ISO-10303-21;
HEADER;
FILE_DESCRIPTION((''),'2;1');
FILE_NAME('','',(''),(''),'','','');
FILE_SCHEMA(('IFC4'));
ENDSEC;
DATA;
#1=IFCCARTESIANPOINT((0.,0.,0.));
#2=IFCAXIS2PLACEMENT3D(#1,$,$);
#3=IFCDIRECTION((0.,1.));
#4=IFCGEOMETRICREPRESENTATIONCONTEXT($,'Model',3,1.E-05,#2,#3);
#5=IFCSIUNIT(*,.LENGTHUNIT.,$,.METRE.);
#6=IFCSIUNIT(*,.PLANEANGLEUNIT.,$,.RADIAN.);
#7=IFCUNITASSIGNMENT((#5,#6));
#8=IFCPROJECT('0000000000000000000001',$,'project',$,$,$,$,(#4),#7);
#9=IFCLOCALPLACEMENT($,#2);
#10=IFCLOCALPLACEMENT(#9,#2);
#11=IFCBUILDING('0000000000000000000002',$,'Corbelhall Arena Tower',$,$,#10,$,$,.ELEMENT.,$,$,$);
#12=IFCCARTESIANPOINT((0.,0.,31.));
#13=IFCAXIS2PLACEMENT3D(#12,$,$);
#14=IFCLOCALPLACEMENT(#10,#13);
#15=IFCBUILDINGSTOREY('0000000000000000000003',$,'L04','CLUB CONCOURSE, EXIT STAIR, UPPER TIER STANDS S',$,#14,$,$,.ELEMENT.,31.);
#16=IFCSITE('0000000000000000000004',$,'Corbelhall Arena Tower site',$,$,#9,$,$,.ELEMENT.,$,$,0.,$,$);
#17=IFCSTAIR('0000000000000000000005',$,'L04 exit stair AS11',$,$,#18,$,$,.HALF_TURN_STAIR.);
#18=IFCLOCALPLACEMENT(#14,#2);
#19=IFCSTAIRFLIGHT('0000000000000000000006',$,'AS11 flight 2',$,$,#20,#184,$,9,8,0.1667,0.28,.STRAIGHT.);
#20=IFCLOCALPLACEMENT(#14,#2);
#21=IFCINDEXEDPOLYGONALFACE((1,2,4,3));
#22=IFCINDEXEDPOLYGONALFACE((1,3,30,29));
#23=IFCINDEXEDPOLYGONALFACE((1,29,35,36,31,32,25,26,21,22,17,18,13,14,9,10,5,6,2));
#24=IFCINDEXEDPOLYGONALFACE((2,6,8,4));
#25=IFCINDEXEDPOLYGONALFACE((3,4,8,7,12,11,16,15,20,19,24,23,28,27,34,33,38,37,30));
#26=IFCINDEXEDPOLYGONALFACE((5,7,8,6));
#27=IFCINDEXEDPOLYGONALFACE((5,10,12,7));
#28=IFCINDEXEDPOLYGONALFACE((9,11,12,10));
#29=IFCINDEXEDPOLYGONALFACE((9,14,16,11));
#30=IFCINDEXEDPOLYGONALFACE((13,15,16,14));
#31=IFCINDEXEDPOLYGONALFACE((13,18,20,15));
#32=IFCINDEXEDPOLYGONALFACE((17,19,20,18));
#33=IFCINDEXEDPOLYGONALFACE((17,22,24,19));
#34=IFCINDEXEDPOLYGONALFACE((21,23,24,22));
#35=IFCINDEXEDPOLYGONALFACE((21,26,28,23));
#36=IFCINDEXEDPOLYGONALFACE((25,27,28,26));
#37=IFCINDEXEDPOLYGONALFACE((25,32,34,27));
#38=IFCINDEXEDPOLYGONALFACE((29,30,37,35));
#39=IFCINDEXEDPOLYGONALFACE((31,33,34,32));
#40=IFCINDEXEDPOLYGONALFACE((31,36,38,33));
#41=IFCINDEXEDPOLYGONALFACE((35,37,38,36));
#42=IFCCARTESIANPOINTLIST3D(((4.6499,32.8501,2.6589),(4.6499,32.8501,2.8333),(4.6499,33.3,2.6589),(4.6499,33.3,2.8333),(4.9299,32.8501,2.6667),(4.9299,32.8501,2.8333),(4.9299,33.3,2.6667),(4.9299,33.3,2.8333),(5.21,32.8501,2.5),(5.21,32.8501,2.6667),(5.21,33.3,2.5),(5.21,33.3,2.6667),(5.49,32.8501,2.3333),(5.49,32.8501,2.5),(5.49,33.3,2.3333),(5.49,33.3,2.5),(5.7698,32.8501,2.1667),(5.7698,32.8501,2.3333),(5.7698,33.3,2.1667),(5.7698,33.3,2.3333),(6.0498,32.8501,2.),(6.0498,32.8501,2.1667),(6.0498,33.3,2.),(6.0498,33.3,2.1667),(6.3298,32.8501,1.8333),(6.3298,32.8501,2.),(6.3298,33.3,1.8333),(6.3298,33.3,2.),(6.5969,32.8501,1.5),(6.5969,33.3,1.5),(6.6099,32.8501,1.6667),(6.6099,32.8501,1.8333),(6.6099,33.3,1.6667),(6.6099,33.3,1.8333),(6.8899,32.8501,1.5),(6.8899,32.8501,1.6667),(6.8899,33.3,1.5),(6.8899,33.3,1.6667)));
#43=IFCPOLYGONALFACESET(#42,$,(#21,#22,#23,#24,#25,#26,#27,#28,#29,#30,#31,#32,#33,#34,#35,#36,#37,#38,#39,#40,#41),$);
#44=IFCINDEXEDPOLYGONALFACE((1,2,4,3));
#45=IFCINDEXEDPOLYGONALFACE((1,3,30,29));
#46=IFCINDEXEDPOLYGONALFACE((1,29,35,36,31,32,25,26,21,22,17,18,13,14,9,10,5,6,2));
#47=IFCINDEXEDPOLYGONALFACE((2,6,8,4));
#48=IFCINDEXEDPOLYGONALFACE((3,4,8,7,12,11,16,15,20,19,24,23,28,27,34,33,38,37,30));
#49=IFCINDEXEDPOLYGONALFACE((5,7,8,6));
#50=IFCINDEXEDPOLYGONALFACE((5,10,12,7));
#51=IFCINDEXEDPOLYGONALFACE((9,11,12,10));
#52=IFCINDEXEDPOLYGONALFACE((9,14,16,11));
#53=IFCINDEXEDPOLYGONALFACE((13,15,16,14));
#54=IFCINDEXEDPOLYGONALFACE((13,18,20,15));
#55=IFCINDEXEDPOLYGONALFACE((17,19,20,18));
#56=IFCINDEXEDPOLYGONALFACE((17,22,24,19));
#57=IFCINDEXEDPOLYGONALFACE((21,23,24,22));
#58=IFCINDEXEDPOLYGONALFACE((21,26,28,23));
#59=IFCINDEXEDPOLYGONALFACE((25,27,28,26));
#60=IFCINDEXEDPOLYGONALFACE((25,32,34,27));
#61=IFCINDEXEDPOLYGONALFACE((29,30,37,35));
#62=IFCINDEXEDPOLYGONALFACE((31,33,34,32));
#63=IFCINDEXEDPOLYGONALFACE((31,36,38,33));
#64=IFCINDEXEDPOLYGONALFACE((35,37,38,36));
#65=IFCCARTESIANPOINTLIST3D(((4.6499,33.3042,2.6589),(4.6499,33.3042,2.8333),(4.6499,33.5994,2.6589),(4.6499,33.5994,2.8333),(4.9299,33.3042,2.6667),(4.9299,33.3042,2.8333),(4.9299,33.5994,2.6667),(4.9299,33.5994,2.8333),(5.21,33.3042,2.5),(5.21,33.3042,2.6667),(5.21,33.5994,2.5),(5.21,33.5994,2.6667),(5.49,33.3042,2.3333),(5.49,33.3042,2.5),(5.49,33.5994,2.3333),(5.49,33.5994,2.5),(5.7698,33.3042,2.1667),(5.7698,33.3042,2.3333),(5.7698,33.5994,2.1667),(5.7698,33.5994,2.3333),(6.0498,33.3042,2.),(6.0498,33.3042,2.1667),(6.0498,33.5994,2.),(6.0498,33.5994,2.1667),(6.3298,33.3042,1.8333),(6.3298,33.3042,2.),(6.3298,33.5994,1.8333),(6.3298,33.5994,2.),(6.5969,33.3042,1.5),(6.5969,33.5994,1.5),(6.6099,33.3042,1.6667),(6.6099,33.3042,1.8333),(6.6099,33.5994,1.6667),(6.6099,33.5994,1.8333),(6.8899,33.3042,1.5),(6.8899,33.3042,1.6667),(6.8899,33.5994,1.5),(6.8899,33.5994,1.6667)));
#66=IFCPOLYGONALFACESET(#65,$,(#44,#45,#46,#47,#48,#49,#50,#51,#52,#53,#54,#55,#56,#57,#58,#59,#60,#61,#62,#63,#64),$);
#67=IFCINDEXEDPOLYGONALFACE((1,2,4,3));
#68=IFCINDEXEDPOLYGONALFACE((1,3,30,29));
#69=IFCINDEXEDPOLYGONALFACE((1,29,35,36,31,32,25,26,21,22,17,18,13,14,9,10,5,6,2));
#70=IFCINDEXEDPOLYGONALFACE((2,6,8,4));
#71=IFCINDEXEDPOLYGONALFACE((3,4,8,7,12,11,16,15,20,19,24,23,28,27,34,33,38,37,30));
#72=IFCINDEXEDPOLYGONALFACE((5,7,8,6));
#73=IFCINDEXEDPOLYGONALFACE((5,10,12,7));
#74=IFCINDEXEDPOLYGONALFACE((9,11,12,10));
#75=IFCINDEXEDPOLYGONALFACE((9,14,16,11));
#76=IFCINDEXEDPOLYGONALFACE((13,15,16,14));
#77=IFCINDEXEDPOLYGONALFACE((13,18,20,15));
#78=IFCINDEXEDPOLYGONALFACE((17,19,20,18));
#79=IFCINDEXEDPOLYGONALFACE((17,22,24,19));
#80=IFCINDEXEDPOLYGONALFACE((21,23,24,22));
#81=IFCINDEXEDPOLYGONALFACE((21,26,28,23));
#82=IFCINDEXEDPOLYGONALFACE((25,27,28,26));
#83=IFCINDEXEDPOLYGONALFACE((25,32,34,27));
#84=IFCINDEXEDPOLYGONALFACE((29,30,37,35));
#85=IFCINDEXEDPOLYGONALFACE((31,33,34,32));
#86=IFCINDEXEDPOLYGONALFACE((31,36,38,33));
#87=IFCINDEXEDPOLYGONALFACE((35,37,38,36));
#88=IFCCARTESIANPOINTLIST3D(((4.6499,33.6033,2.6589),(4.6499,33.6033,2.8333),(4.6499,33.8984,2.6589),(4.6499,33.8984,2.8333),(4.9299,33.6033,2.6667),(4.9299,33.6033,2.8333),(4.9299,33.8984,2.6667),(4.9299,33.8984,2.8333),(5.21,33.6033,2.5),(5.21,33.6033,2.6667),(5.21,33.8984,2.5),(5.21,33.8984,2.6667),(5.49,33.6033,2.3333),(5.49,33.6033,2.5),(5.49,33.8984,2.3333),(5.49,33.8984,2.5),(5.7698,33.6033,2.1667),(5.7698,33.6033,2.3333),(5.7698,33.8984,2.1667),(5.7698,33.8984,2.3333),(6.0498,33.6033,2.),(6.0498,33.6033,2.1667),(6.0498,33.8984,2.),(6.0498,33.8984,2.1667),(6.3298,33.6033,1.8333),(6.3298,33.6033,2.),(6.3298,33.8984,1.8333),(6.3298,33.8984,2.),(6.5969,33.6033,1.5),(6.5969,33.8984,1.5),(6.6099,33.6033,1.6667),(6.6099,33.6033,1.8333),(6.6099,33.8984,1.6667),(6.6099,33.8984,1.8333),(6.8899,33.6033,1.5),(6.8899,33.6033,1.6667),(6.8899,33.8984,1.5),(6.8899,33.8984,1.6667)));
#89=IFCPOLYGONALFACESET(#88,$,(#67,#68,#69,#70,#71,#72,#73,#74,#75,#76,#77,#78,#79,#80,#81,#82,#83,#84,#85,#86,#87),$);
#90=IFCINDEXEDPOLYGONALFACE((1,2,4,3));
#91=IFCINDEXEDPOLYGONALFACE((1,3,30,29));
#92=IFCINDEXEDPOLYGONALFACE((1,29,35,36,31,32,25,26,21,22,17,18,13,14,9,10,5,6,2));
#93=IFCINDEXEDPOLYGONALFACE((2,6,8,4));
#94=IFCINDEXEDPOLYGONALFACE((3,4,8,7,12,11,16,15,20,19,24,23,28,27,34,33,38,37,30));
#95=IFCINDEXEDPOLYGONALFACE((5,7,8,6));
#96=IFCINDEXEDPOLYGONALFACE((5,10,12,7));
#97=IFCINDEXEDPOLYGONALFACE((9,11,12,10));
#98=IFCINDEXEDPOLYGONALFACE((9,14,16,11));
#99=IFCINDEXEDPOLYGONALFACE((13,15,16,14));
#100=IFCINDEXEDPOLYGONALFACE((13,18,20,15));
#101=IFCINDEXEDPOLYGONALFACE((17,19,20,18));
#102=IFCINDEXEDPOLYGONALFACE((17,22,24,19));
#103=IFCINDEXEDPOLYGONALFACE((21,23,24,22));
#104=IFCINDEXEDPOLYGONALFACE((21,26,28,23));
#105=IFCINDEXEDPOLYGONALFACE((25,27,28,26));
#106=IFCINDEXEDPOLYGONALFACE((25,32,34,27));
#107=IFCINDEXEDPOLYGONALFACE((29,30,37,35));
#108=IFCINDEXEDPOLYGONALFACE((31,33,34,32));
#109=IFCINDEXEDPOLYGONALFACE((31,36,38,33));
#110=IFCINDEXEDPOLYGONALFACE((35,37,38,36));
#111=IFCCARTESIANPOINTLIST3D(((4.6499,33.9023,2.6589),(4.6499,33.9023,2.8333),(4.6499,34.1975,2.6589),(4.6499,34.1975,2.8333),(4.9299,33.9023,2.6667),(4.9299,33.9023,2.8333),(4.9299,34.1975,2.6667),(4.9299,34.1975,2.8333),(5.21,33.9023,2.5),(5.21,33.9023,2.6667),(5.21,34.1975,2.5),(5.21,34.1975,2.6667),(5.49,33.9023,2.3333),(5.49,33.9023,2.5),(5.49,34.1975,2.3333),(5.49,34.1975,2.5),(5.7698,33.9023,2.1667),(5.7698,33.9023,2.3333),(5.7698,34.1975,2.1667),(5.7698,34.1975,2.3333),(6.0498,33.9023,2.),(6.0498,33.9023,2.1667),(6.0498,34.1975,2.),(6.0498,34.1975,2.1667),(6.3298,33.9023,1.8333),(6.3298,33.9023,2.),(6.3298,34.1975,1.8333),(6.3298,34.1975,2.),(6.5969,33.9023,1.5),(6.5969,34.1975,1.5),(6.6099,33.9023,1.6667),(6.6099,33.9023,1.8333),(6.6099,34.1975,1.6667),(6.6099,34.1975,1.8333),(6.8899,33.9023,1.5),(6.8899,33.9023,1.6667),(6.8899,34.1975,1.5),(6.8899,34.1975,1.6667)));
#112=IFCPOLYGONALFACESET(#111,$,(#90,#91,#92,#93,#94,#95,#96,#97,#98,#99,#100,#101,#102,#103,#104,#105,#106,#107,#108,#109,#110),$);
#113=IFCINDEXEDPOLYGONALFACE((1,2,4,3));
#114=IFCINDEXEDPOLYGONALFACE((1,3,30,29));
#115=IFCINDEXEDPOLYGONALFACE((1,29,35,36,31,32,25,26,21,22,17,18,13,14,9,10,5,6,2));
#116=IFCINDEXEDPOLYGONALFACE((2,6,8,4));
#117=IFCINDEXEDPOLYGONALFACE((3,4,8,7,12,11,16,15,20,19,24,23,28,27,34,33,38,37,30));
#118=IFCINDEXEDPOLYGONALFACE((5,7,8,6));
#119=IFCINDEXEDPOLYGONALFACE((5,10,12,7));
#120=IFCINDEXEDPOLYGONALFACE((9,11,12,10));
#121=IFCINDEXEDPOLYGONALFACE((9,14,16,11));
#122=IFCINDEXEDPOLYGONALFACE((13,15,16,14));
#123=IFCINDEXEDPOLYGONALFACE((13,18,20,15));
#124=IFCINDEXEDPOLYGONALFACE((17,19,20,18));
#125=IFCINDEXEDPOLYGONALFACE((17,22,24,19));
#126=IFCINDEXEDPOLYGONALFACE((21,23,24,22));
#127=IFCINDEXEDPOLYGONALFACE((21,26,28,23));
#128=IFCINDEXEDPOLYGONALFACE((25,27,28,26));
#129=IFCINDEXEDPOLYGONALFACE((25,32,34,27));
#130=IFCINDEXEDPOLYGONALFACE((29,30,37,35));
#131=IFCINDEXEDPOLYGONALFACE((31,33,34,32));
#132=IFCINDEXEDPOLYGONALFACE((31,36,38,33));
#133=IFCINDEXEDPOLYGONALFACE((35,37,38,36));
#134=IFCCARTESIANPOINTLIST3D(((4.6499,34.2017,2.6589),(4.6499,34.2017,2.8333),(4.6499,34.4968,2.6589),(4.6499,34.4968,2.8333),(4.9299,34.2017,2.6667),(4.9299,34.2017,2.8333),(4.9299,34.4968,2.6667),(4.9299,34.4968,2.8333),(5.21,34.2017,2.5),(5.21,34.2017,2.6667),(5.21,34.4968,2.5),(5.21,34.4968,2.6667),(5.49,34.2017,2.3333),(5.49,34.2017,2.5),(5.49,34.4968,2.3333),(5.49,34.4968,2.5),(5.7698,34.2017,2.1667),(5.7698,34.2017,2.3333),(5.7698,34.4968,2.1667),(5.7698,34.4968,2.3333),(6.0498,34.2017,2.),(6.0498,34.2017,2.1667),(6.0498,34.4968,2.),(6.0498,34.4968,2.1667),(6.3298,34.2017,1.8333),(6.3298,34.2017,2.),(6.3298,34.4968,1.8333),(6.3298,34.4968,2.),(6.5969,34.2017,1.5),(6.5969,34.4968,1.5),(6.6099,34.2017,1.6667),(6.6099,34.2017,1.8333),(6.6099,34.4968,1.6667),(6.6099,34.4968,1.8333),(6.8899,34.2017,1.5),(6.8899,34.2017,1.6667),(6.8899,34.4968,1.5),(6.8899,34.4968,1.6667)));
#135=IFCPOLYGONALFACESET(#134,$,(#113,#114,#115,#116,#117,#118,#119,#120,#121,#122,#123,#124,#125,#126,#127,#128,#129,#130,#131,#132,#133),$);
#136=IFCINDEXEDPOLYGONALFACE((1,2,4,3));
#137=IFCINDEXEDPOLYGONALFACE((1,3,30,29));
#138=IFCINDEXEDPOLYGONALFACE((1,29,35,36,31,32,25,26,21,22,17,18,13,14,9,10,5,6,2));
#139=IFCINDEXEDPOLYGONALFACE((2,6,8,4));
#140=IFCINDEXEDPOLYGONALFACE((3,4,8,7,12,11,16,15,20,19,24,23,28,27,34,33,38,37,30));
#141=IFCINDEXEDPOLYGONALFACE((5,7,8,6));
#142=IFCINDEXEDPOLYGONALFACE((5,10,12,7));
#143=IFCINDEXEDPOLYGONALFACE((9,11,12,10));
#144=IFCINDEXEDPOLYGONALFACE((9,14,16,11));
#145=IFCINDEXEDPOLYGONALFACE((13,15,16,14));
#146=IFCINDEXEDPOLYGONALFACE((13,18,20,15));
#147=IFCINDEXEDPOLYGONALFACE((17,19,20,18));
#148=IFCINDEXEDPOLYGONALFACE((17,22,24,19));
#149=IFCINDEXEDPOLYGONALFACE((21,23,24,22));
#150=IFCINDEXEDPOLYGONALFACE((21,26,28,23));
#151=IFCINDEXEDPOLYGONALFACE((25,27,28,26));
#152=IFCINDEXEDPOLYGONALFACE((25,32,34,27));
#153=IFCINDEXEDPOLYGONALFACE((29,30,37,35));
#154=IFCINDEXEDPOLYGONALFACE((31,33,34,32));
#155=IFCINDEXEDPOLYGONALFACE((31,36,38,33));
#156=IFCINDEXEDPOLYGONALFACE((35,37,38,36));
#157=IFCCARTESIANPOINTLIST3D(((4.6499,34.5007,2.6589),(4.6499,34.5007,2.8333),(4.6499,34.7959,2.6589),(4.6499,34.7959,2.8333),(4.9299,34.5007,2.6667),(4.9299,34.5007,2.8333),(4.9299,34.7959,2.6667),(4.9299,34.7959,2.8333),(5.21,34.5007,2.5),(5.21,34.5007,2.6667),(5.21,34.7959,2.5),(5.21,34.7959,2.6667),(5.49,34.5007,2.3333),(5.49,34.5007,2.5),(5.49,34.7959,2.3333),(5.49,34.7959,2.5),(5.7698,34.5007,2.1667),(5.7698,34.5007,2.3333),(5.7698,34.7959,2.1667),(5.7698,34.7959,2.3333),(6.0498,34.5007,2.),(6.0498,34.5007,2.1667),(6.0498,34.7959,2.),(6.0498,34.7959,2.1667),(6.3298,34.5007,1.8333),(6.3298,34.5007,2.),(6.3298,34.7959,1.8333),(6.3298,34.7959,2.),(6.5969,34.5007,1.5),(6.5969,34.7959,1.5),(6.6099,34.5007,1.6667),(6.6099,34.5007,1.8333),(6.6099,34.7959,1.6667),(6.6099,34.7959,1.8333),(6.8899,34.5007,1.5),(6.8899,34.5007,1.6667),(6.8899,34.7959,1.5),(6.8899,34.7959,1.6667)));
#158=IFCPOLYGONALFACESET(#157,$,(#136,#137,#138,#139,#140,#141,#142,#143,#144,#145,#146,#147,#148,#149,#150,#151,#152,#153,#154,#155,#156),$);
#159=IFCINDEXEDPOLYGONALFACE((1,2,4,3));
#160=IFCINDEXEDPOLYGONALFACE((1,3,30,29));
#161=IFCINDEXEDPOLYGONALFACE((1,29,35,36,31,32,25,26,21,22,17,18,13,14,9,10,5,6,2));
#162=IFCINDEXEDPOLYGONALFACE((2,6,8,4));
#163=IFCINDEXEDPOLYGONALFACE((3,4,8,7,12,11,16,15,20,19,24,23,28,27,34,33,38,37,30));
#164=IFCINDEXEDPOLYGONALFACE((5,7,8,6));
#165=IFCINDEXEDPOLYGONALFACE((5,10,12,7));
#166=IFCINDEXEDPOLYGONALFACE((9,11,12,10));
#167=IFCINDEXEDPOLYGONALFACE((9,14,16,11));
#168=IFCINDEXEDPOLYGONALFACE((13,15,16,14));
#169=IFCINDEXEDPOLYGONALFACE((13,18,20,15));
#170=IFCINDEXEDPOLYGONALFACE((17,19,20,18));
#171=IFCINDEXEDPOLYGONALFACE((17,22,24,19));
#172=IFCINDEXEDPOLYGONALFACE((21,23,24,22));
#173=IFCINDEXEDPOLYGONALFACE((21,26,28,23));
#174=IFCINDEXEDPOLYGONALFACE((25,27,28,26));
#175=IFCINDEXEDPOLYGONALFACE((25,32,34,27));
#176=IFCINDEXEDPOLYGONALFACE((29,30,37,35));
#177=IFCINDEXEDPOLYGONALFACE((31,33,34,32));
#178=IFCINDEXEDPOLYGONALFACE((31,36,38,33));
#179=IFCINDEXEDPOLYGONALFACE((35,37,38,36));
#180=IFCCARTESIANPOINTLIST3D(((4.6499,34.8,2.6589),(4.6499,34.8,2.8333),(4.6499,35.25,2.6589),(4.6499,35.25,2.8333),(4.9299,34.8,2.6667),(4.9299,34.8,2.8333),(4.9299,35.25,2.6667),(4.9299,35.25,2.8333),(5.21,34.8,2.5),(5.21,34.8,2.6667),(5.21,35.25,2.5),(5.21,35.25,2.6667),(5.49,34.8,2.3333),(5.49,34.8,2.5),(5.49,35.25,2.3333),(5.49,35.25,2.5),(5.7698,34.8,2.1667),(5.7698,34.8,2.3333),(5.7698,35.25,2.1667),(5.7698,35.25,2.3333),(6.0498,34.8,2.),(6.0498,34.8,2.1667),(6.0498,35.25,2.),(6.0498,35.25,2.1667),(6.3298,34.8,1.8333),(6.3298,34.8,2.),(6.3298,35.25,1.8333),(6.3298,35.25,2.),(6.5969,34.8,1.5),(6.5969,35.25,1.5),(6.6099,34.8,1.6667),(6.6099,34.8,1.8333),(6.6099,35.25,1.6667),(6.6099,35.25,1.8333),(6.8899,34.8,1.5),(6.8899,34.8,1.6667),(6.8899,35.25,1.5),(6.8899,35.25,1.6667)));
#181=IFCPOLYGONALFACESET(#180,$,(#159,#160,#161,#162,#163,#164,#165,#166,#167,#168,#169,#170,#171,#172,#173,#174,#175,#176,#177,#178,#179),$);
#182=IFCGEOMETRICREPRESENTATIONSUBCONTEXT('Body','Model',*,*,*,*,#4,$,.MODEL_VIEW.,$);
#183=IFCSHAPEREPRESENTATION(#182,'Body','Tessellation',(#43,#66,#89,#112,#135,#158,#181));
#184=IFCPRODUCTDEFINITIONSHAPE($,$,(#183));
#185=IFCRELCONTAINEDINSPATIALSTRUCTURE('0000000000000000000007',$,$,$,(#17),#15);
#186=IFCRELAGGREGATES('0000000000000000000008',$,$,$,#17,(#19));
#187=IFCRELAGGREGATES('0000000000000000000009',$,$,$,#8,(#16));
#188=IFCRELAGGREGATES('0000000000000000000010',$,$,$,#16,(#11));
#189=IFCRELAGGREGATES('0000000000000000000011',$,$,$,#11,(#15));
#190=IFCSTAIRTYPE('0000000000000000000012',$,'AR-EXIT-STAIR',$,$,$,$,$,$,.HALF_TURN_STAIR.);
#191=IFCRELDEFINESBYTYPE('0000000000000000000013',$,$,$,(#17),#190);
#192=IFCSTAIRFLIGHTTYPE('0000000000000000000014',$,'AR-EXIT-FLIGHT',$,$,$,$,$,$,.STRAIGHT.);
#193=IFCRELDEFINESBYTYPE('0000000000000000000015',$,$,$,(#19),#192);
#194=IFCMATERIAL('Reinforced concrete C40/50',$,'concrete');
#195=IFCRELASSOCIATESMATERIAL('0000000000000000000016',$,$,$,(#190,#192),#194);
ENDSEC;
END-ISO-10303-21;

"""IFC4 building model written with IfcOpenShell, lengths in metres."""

from ifc_helpers import new_model, si_unit, direction, frame, origin, place, context, subcontext, project, spatial, polyline, outline, extrude, material, type_object, element, aggregate, save


model = new_model("IFC4")

# Units and contexts
model_context = context("Model", 3, precision=1e-05, world=origin(), true_north=direction((0.0, 1.0)))
body_context = subcontext(model_context, "Body", "Model", "MODEL_VIEW")
ifc_project = project(units=[si_unit("LENGTHUNIT", "METRE"), si_unit("PLANEANGLEUNIT", "RADIAN")], contexts=[model_context])

# Site, building, storey
site_placement = place(None, origin())
site = spatial("IfcSite", under=ifc_project, at=site_placement, Name="Corbelhall Arena Tower site", CompositionType="ELEMENT", RefElevation=0.0)
building_placement = place(site_placement, origin())
building = spatial("IfcBuilding", under=site, at=building_placement, Name="Corbelhall Arena Tower", CompositionType="ELEMENT")
storey_placement = place(building_placement, frame((0.0, 0.0, 31.0)))
storey = spatial("IfcBuildingStorey", under=building, at=storey_placement, Name="L04", Description="CLUB CONCOURSE, EXIT STAIR, UPPER TIER STANDS S", CompositionType="ELEMENT", Elevation=31.0)

# Shared definitions
ifc_material_1 = material(Name="Reinforced concrete C40/50", Category="concrete")

# Stair, stair flight
stair_type = type_object("IfcStairType", Name="AR-EXIT-STAIR", PredefinedType="HALF_TURN_STAIR", material=ifc_material_1)
stair_1_placement = place(storey_placement, origin())
stair_1 = element("IfcStair", 1, at=stair_1_placement, inside=storey, type_object=stair_type, Name="L04 exit stair AS11", PredefinedType="HALF_TURN_STAIR")
stair_flight_type = type_object("IfcStairFlightType", Name="AR-EXIT-FLIGHT", PredefinedType="STRAIGHT", material=ifc_material_1)
stair_flight_1_placement = place(storey_placement, frame((6.8899, 34.05, 1.5), z_axis=(0.0, 0.0, 1.0), x_axis=(-1.0, 0.0, 0.0)))
stair_flight_1 = element("IfcStairFlight", 2, at=stair_flight_1_placement, type_object=stair_flight_type, Name="AS11 flight 2", NumberOfRisers=9, NumberOfTreads=8, PredefinedType="STRAIGHT", RiserHeight=0.1667, TreadLength=0.28, context=body_context, shape_type="SweptSolid", body=[
    extrude(outline(polyline([(0.0, 0.0), (0.0, 0.1667), (0.28, 0.1667), (0.28, 0.3333), (0.5601, 0.3333), (0.5601, 0.5), (0.8401, 0.5), (0.8401, 0.6667), (1.1201, 0.6667), (1.1201, 0.8333), (1.3999, 0.8333), (1.3999, 1.0), (1.6799, 1.0), (1.6799, 1.1667), (1.96, 1.1667), (1.96, 1.3333), (2.24, 1.3333), (2.24, 1.5), (2.24, 1.1589), (0.293, 0.0), (0.0, 0.0)])), frame((0.0, 1.2, 0.0), z_axis=(0.0, -1.0, 0.0), x_axis=(1.0, 0.0, 0.0)), (0.0, 0.0, 1.0), 0.45),
    extrude(outline(polyline([(0.0, 0.0), (0.0, 0.1667), (0.28, 0.1667), (0.28, 0.3333), (0.5601, 0.3333), (0.5601, 0.5), (0.8401, 0.5), (0.8401, 0.6667), (1.1201, 0.6667), (1.1201, 0.8333), (1.3999, 0.8333), (1.3999, 1.0), (1.6799, 1.0), (1.6799, 1.1667), (1.96, 1.1667), (1.96, 1.3333), (2.24, 1.3333), (2.24, 1.5), (2.24, 1.1589), (0.293, 0.0), (0.0, 0.0)])), frame((0.0, 0.7458, 0.0), z_axis=(0.0, -1.0, 0.0), x_axis=(1.0, 0.0, 0.0)), (0.0, 0.0, 1.0), 0.2952),
    extrude(outline(polyline([(0.0, 0.0), (0.0, 0.1667), (0.28, 0.1667), (0.28, 0.3333), (0.5601, 0.3333), (0.5601, 0.5), (0.8401, 0.5), (0.8401, 0.6667), (1.1201, 0.6667), (1.1201, 0.8333), (1.3999, 0.8333), (1.3999, 1.0), (1.6799, 1.0), (1.6799, 1.1667), (1.96, 1.1667), (1.96, 1.3333), (2.24, 1.3333), (2.24, 1.5), (2.24, 1.1589), (0.293, 0.0), (0.0, 0.0)])), frame((0.0, 0.4468, 0.0), z_axis=(0.0, -1.0, 0.0), x_axis=(1.0, 0.0, 0.0)), (0.0, 0.0, 1.0), 0.2952),
    extrude(outline(polyline([(0.0, 0.0), (0.0, 0.1667), (0.28, 0.1667), (0.28, 0.3333), (0.5601, 0.3333), (0.5601, 0.5), (0.8401, 0.5), (0.8401, 0.6667), (1.1201, 0.6667), (1.1201, 0.8333), (1.3999, 0.8333), (1.3999, 1.0), (1.6799, 1.0), (1.6799, 1.1667), (1.96, 1.1667), (1.96, 1.3333), (2.24, 1.3333), (2.24, 1.5), (2.24, 1.1589), (0.293, 0.0), (0.0, 0.0)])), frame((0.0, 0.1477, 0.0), z_axis=(0.0, -1.0, 0.0), x_axis=(1.0, 0.0, 0.0)), (0.0, 0.0, 1.0), 0.2952),
    extrude(outline(polyline([(0.0, 0.0), (0.0, 0.1667), (0.28, 0.1667), (0.28, 0.3333), (0.5601, 0.3333), (0.5601, 0.5), (0.8401, 0.5), (0.8401, 0.6667), (1.1201, 0.6667), (1.1201, 0.8333), (1.3999, 0.8333), (1.3999, 1.0), (1.6799, 1.0), (1.6799, 1.1667), (1.96, 1.1667), (1.96, 1.3333), (2.24, 1.3333), (2.24, 1.5), (2.24, 1.1589), (0.293, 0.0), (0.0, 0.0)])), frame((0.0, -0.1516, 0.0), z_axis=(0.0, -1.0, 0.0), x_axis=(1.0, 0.0, 0.0)), (0.0, 0.0, 1.0), 0.2952),
    extrude(outline(polyline([(0.0, 0.0), (0.0, 0.1667), (0.28, 0.1667), (0.28, 0.3333), (0.5601, 0.3333), (0.5601, 0.5), (0.8401, 0.5), (0.8401, 0.6667), (1.1201, 0.6667), (1.1201, 0.8333), (1.3999, 0.8333), (1.3999, 1.0), (1.6799, 1.0), (1.6799, 1.1667), (1.96, 1.1667), (1.96, 1.3333), (2.24, 1.3333), (2.24, 1.5), (2.24, 1.1589), (0.293, 0.0), (0.0, 0.0)])), frame((0.0, -0.4507, 0.0), z_axis=(0.0, -1.0, 0.0), x_axis=(1.0, 0.0, 0.0)), (0.0, 0.0, 1.0), 0.2952),
    extrude(outline(polyline([(0.0, 0.0), (0.0, 0.1667), (0.28, 0.1667), (0.28, 0.3333), (0.5601, 0.3333), (0.5601, 0.5), (0.8401, 0.5), (0.8401, 0.6667), (1.1201, 0.6667), (1.1201, 0.8333), (1.3999, 0.8333), (1.3999, 1.0), (1.6799, 1.0), (1.6799, 1.1667), (1.96, 1.1667), (1.96, 1.3333), (2.24, 1.3333), (2.24, 1.5), (2.24, 1.1589), (0.293, 0.0), (0.0, 0.0)])), frame((0.0, -0.75, 0.0), z_axis=(0.0, -1.0, 0.0), x_axis=(1.0, 0.0, 0.0)), (0.0, 0.0, 1.0), 0.45),
])
aggregate(stair_1, [stair_flight_1])

save(model, "model.ifc")
